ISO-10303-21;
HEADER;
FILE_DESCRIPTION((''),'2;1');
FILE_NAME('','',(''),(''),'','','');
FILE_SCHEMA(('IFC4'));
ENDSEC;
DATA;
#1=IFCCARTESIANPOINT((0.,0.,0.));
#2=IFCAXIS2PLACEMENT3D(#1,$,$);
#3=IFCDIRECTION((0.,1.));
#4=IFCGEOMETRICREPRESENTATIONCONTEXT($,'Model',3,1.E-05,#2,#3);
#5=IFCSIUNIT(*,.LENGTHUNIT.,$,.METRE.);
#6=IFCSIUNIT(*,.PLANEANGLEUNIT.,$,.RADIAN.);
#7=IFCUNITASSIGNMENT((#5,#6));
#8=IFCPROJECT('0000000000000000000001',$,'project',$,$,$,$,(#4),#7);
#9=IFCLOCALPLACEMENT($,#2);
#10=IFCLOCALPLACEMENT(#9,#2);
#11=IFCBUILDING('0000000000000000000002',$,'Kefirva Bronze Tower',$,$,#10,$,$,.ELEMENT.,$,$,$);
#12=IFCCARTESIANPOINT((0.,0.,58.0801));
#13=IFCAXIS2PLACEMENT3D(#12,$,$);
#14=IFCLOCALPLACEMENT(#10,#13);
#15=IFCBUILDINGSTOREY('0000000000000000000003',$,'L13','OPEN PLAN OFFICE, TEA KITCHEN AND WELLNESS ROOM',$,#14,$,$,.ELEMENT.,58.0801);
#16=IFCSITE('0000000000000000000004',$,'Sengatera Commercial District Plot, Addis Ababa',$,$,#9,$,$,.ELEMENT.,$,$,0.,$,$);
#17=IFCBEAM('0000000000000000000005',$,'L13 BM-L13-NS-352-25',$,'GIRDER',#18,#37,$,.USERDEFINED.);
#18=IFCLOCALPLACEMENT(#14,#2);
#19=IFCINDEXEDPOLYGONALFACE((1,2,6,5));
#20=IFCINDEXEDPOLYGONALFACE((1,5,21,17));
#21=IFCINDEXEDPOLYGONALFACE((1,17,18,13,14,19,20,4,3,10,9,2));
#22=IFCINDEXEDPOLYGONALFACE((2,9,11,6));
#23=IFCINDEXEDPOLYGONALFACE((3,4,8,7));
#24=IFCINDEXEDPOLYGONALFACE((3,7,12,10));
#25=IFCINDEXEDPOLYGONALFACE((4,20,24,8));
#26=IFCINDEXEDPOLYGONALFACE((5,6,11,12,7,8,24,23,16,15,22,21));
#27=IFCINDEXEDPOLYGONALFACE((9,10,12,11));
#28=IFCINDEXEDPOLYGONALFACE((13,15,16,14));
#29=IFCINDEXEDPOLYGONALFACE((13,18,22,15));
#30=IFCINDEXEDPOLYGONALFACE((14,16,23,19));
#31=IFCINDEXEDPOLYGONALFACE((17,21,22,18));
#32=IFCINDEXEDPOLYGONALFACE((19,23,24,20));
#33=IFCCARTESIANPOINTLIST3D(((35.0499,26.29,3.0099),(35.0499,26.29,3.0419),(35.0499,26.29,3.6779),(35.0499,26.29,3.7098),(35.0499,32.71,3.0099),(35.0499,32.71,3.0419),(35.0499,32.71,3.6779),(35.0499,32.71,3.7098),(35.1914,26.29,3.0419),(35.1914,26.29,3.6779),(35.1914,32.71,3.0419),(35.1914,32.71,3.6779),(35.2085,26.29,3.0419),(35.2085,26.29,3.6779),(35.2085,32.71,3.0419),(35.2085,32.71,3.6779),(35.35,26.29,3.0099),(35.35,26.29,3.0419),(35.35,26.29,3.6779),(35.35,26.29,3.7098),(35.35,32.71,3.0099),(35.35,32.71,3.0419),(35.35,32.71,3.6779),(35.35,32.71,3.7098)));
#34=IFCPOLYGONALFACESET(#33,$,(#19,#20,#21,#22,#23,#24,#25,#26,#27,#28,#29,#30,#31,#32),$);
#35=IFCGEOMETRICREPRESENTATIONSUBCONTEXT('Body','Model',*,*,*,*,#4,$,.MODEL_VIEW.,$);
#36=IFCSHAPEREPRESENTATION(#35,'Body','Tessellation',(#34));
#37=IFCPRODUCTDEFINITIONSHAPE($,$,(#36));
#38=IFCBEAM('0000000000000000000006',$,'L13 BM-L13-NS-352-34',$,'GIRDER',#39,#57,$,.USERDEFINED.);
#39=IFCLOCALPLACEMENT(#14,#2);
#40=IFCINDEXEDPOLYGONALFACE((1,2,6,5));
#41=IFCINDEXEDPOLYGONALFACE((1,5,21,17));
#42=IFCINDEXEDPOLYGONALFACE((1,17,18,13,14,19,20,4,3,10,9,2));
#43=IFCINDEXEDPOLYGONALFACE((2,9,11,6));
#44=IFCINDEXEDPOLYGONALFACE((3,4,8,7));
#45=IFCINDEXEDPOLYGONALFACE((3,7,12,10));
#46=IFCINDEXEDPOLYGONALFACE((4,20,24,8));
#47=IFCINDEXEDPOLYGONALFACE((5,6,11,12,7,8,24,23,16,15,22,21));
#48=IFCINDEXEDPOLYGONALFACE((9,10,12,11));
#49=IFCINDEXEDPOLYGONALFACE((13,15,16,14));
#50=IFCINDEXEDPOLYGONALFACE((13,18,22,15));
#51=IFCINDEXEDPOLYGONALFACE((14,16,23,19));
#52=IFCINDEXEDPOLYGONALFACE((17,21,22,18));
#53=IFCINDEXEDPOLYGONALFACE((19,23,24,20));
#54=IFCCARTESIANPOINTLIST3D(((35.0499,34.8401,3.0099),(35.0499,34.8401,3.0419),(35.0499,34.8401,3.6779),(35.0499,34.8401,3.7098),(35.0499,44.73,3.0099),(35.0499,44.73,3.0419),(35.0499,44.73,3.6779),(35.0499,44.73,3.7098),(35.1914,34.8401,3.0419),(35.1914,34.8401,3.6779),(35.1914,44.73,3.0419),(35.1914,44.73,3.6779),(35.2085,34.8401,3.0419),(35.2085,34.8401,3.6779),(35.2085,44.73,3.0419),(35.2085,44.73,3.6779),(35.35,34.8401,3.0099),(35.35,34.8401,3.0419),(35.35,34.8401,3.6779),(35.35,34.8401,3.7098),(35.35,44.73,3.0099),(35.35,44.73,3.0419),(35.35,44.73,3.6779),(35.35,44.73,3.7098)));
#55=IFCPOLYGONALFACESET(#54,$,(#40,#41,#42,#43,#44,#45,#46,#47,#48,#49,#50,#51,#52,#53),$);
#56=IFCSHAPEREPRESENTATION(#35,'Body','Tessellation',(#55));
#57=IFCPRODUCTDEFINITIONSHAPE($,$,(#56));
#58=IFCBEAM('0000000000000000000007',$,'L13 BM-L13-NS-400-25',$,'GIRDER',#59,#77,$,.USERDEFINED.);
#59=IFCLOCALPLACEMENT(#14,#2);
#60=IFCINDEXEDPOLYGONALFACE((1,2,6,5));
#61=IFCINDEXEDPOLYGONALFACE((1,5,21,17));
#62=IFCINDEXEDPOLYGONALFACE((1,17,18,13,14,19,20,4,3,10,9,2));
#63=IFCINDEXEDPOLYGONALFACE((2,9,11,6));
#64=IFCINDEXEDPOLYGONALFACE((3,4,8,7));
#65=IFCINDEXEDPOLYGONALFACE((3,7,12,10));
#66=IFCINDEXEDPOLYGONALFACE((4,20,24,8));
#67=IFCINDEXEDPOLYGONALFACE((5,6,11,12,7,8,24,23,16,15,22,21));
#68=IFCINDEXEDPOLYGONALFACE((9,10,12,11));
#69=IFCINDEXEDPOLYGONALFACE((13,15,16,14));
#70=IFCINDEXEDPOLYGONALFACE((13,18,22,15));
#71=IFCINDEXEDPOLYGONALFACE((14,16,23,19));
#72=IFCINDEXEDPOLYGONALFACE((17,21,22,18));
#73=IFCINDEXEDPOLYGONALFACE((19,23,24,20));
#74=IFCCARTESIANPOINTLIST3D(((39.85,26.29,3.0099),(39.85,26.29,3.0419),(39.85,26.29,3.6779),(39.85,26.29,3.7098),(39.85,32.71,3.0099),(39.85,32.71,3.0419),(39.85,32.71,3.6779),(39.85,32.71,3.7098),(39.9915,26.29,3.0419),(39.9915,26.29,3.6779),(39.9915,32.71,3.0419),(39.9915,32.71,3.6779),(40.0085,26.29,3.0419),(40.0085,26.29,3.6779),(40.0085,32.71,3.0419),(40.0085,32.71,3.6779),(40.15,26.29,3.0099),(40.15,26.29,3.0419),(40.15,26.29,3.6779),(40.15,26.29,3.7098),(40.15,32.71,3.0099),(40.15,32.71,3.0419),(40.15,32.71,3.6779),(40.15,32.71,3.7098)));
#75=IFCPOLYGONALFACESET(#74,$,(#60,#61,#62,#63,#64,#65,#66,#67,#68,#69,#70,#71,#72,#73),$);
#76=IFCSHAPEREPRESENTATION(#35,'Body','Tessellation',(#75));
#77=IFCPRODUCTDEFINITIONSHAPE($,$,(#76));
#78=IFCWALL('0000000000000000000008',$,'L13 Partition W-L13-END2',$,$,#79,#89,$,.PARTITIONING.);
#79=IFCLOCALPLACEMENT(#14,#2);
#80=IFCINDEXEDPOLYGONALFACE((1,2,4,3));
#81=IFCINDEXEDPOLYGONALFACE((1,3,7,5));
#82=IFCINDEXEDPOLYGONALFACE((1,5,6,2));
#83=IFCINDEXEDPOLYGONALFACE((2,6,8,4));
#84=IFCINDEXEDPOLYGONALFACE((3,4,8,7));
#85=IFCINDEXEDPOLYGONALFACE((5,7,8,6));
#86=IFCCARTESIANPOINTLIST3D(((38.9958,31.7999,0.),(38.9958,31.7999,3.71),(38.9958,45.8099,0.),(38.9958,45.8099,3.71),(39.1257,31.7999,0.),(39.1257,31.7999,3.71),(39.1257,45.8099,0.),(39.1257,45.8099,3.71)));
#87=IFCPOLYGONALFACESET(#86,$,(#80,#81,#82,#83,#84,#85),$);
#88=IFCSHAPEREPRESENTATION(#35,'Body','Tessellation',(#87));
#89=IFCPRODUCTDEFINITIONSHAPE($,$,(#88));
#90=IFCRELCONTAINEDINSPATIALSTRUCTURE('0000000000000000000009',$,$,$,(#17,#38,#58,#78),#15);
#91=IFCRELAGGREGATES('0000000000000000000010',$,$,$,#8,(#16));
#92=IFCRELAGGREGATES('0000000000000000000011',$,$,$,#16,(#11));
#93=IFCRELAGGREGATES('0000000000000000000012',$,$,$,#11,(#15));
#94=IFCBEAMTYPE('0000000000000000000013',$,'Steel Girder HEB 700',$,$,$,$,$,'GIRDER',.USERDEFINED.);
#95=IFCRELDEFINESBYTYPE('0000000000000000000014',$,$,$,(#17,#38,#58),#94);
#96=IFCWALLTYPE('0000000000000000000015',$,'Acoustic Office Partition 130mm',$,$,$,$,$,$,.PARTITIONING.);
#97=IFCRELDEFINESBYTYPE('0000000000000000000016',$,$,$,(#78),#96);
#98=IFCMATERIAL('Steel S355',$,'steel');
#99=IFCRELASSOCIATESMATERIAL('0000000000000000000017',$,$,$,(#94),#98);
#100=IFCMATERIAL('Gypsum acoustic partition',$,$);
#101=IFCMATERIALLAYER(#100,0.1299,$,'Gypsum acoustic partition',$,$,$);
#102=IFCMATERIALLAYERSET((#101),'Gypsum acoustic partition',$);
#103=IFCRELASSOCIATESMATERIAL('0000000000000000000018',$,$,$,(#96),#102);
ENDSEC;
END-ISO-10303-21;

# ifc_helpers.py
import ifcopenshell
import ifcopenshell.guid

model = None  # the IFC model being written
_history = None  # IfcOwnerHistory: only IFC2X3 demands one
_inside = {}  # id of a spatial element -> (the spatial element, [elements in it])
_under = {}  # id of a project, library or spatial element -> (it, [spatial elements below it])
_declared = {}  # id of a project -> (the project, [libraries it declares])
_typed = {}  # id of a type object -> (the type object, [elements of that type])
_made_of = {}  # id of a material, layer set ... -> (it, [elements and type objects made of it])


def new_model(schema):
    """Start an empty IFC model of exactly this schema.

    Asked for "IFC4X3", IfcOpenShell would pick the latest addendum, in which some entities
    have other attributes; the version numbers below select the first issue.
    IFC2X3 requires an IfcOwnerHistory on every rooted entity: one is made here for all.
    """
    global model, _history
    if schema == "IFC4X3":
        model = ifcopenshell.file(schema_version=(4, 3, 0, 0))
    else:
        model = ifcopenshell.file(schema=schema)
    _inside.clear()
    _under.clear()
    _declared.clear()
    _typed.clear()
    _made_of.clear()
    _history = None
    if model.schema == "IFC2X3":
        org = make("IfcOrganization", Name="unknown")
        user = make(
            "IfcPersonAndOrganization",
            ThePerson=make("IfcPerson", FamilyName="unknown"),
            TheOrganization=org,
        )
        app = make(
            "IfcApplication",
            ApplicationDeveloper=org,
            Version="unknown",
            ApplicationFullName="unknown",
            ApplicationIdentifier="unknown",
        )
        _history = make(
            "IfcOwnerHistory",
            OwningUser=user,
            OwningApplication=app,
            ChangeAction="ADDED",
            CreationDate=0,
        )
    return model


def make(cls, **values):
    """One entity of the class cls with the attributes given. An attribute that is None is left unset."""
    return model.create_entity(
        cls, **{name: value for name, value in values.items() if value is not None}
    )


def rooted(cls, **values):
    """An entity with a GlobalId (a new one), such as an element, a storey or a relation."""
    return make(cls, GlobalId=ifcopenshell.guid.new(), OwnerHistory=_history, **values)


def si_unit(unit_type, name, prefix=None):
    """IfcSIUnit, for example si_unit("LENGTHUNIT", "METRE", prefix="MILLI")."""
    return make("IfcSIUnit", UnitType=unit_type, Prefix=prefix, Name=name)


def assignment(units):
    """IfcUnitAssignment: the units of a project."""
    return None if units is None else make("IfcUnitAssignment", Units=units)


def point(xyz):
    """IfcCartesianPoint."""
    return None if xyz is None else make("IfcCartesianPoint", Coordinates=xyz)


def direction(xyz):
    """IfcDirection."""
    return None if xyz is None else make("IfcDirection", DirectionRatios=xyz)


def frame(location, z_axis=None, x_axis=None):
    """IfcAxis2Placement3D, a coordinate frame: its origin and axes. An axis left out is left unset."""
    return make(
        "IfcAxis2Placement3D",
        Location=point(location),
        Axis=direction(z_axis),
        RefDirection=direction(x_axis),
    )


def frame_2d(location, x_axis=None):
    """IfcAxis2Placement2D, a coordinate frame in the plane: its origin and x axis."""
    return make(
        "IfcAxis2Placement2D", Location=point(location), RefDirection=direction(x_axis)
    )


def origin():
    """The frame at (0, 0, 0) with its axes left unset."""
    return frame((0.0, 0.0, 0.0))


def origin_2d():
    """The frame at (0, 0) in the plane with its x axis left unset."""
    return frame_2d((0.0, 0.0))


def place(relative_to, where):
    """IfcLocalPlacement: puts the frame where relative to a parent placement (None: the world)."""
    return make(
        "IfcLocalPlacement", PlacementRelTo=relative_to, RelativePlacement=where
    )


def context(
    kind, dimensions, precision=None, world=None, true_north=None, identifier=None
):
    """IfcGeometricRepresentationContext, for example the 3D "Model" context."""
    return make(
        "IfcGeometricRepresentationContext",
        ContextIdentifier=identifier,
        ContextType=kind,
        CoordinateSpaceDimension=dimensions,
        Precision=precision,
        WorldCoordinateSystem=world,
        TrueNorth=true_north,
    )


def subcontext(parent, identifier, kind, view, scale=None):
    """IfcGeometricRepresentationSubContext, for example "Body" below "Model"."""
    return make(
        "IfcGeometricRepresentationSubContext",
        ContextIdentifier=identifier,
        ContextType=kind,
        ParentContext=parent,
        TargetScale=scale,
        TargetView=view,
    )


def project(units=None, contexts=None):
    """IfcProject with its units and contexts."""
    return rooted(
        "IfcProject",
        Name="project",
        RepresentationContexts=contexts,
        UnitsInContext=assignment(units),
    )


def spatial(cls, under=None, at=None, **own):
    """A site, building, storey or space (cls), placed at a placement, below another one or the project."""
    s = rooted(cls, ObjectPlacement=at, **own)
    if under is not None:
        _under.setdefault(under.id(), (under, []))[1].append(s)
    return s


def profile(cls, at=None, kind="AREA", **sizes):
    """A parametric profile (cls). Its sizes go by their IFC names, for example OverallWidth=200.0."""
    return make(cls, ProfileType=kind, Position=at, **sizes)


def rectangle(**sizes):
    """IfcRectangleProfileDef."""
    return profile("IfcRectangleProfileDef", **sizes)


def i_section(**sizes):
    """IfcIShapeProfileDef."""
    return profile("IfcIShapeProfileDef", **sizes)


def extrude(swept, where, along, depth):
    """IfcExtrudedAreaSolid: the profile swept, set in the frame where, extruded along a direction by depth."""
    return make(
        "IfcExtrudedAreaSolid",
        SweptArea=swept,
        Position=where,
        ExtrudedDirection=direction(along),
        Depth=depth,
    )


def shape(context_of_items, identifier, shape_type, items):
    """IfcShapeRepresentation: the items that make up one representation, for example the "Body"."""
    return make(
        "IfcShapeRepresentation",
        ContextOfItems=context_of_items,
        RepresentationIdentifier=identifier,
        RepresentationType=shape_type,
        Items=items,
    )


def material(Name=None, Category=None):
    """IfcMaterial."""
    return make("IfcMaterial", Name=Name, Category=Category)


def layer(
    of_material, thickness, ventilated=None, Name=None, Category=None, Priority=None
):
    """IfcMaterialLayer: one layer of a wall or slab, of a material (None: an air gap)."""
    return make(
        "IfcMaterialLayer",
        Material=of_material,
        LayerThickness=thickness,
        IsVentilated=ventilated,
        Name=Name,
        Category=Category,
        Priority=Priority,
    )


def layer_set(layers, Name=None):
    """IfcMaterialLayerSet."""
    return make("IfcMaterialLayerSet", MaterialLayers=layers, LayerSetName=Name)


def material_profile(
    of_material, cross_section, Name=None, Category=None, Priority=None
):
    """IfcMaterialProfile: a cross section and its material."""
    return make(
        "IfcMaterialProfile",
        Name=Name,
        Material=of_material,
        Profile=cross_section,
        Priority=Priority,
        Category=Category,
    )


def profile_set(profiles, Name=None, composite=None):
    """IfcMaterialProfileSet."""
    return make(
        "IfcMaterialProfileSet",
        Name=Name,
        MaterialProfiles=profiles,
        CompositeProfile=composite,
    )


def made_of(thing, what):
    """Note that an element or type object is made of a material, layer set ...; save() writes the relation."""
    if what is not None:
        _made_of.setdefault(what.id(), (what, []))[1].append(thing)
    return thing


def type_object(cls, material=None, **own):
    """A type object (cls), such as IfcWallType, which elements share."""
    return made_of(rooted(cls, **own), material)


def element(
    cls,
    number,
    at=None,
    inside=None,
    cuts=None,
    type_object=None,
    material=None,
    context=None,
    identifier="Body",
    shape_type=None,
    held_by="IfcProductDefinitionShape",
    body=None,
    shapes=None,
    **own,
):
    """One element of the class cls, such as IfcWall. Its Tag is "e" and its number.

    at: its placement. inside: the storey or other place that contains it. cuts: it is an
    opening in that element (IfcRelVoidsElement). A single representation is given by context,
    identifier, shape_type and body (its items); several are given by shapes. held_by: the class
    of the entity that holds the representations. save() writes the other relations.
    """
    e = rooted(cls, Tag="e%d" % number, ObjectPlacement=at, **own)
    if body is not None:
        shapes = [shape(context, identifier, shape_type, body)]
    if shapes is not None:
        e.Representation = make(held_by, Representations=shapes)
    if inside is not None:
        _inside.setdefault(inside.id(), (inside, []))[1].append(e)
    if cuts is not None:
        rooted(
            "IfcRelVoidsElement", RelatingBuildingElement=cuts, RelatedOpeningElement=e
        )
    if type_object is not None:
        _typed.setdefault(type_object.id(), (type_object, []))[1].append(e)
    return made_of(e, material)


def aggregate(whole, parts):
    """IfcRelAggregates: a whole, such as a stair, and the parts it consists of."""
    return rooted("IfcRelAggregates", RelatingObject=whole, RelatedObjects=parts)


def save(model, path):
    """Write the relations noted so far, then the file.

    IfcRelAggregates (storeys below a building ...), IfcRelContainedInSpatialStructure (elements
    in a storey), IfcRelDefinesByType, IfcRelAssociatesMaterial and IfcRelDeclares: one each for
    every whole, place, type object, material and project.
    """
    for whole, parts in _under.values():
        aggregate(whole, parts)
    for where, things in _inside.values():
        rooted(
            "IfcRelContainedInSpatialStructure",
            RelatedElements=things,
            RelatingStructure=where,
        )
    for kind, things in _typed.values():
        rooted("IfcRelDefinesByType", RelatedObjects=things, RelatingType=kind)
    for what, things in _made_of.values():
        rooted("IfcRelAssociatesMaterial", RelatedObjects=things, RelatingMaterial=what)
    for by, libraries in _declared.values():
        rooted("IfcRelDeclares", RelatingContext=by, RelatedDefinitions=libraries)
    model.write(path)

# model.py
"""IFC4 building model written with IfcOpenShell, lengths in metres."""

from ifc_helpers import new_model, si_unit, direction, frame, frame_2d, origin, origin_2d, place, context, subcontext, project, spatial, rectangle, i_section, extrude, material, layer, layer_set, material_profile, profile_set, type_object, element, save


model = new_model("IFC4")

# Units and contexts
model_context = context("Model", 3, precision=1e-05, world=origin(), true_north=direction((0.0, 1.0)))
body_context = subcontext(model_context, "Body", "Model", "MODEL_VIEW")
ifc_project = project(units=[si_unit("LENGTHUNIT", "METRE"), si_unit("PLANEANGLEUNIT", "RADIAN")], contexts=[model_context])

# Site, building, storey
site_placement = place(None, origin())
site = spatial("IfcSite", under=ifc_project, at=site_placement, Name="Sengatera Commercial District Plot, Addis Ababa", CompositionType="ELEMENT", RefElevation=0.0)
building_placement = place(site_placement, origin())
building = spatial("IfcBuilding", under=site, at=building_placement, Name="Kefirva Bronze Tower", CompositionType="ELEMENT")
storey_placement = place(building_placement, frame((0.0, 0.0, 58.0801)))
storey = spatial("IfcBuildingStorey", under=building, at=storey_placement, Name="L13", Description="OPEN PLAN OFFICE, TEA KITCHEN AND WELLNESS ROOM", CompositionType="ELEMENT", Elevation=58.0801)

# Beams
ifc_material_1 = material(Name="Steel S355", Category="steel")
ifc_material_profile_1 = material_profile(ifc_material_1, i_section(OverallWidth=0.3, OverallDepth=0.7, WebThickness=0.0171, FlangeThickness=0.032, at=origin_2d()), Name="HEB 700")
ifc_profile_set_1 = profile_set([ifc_material_profile_1], Name="Steel S355")
beam_type_1 = type_object("IfcBeamType", Name="Steel Girder HEB 700", ElementType="GIRDER", PredefinedType="USERDEFINED", material=ifc_profile_set_1)
beam_1_placement = place(storey_placement, frame((35.2, 26.29, 3.3599), z_axis=(0.0, 1.0, 0.0), x_axis=(-1.0, 0.0, 0.0)))
element("IfcBeam", 1, at=beam_1_placement, inside=storey, type_object=beam_type_1, Name="L13 BM-L13-NS-352-25", ObjectType="GIRDER", PredefinedType="USERDEFINED", context=body_context, shape_type="SweptSolid", body=[
    extrude(i_section(OverallWidth=0.3, OverallDepth=0.7, WebThickness=0.0171, FlangeThickness=0.032, at=origin_2d()), origin(), (0.0, 0.0, 1.0), 6.4199),
])
beam_2_placement = place(storey_placement, frame((35.2, 34.8401, 3.3599), z_axis=(0.0, 1.0, 0.0), x_axis=(-1.0, 0.0, 0.0)))
element("IfcBeam", 2, at=beam_2_placement, inside=storey, type_object=beam_type_1, Name="L13 BM-L13-NS-352-34", ObjectType="GIRDER", PredefinedType="USERDEFINED", context=body_context, shape_type="SweptSolid", body=[
    extrude(i_section(OverallWidth=0.3, OverallDepth=0.7, WebThickness=0.0171, FlangeThickness=0.032, at=origin_2d()), origin(), (0.0, 0.0, 1.0), 9.8899),
])
beam_3_placement = place(storey_placement, frame((40.0, 26.29, 3.3599), z_axis=(0.0, 1.0, 0.0), x_axis=(-1.0, 0.0, 0.0)))
element("IfcBeam", 3, at=beam_3_placement, inside=storey, type_object=beam_type_1, Name="L13 BM-L13-NS-400-25", ObjectType="GIRDER", PredefinedType="USERDEFINED", context=body_context, shape_type="SweptSolid", body=[
    extrude(i_section(OverallWidth=0.3, OverallDepth=0.7, WebThickness=0.0171, FlangeThickness=0.032, at=origin_2d()), origin(), (0.0, 0.0, 1.0), 6.4199),
])

# Wall
ifc_material_2 = material(Name="Gypsum acoustic partition")
ifc_layer = layer(ifc_material_2, 0.1299, Name="Gypsum acoustic partition")
ifc_layer_set = layer_set([ifc_layer], Name="Gypsum acoustic partition")
wall_type = type_object("IfcWallType", Name="Acoustic Office Partition 130mm", PredefinedType="PARTITIONING", material=ifc_layer_set)
wall_placement = place(storey_placement, frame((39.0608, 31.8, 0.0), z_axis=(0.0, 0.0, 1.0), x_axis=(0.0, 1.0, 0.0)))
element("IfcWall", 4, at=wall_placement, inside=storey, type_object=wall_type, Name="L13 Partition W-L13-END2", PredefinedType="PARTITIONING", context=body_context, shape_type="SweptSolid", body=[
    extrude(rectangle(XDim=14.01, YDim=0.1299, at=frame_2d((7.0049, 0.0))), origin(), (0.0, 0.0, 1.0), 3.71),
])

save(model, "model.ifc")
